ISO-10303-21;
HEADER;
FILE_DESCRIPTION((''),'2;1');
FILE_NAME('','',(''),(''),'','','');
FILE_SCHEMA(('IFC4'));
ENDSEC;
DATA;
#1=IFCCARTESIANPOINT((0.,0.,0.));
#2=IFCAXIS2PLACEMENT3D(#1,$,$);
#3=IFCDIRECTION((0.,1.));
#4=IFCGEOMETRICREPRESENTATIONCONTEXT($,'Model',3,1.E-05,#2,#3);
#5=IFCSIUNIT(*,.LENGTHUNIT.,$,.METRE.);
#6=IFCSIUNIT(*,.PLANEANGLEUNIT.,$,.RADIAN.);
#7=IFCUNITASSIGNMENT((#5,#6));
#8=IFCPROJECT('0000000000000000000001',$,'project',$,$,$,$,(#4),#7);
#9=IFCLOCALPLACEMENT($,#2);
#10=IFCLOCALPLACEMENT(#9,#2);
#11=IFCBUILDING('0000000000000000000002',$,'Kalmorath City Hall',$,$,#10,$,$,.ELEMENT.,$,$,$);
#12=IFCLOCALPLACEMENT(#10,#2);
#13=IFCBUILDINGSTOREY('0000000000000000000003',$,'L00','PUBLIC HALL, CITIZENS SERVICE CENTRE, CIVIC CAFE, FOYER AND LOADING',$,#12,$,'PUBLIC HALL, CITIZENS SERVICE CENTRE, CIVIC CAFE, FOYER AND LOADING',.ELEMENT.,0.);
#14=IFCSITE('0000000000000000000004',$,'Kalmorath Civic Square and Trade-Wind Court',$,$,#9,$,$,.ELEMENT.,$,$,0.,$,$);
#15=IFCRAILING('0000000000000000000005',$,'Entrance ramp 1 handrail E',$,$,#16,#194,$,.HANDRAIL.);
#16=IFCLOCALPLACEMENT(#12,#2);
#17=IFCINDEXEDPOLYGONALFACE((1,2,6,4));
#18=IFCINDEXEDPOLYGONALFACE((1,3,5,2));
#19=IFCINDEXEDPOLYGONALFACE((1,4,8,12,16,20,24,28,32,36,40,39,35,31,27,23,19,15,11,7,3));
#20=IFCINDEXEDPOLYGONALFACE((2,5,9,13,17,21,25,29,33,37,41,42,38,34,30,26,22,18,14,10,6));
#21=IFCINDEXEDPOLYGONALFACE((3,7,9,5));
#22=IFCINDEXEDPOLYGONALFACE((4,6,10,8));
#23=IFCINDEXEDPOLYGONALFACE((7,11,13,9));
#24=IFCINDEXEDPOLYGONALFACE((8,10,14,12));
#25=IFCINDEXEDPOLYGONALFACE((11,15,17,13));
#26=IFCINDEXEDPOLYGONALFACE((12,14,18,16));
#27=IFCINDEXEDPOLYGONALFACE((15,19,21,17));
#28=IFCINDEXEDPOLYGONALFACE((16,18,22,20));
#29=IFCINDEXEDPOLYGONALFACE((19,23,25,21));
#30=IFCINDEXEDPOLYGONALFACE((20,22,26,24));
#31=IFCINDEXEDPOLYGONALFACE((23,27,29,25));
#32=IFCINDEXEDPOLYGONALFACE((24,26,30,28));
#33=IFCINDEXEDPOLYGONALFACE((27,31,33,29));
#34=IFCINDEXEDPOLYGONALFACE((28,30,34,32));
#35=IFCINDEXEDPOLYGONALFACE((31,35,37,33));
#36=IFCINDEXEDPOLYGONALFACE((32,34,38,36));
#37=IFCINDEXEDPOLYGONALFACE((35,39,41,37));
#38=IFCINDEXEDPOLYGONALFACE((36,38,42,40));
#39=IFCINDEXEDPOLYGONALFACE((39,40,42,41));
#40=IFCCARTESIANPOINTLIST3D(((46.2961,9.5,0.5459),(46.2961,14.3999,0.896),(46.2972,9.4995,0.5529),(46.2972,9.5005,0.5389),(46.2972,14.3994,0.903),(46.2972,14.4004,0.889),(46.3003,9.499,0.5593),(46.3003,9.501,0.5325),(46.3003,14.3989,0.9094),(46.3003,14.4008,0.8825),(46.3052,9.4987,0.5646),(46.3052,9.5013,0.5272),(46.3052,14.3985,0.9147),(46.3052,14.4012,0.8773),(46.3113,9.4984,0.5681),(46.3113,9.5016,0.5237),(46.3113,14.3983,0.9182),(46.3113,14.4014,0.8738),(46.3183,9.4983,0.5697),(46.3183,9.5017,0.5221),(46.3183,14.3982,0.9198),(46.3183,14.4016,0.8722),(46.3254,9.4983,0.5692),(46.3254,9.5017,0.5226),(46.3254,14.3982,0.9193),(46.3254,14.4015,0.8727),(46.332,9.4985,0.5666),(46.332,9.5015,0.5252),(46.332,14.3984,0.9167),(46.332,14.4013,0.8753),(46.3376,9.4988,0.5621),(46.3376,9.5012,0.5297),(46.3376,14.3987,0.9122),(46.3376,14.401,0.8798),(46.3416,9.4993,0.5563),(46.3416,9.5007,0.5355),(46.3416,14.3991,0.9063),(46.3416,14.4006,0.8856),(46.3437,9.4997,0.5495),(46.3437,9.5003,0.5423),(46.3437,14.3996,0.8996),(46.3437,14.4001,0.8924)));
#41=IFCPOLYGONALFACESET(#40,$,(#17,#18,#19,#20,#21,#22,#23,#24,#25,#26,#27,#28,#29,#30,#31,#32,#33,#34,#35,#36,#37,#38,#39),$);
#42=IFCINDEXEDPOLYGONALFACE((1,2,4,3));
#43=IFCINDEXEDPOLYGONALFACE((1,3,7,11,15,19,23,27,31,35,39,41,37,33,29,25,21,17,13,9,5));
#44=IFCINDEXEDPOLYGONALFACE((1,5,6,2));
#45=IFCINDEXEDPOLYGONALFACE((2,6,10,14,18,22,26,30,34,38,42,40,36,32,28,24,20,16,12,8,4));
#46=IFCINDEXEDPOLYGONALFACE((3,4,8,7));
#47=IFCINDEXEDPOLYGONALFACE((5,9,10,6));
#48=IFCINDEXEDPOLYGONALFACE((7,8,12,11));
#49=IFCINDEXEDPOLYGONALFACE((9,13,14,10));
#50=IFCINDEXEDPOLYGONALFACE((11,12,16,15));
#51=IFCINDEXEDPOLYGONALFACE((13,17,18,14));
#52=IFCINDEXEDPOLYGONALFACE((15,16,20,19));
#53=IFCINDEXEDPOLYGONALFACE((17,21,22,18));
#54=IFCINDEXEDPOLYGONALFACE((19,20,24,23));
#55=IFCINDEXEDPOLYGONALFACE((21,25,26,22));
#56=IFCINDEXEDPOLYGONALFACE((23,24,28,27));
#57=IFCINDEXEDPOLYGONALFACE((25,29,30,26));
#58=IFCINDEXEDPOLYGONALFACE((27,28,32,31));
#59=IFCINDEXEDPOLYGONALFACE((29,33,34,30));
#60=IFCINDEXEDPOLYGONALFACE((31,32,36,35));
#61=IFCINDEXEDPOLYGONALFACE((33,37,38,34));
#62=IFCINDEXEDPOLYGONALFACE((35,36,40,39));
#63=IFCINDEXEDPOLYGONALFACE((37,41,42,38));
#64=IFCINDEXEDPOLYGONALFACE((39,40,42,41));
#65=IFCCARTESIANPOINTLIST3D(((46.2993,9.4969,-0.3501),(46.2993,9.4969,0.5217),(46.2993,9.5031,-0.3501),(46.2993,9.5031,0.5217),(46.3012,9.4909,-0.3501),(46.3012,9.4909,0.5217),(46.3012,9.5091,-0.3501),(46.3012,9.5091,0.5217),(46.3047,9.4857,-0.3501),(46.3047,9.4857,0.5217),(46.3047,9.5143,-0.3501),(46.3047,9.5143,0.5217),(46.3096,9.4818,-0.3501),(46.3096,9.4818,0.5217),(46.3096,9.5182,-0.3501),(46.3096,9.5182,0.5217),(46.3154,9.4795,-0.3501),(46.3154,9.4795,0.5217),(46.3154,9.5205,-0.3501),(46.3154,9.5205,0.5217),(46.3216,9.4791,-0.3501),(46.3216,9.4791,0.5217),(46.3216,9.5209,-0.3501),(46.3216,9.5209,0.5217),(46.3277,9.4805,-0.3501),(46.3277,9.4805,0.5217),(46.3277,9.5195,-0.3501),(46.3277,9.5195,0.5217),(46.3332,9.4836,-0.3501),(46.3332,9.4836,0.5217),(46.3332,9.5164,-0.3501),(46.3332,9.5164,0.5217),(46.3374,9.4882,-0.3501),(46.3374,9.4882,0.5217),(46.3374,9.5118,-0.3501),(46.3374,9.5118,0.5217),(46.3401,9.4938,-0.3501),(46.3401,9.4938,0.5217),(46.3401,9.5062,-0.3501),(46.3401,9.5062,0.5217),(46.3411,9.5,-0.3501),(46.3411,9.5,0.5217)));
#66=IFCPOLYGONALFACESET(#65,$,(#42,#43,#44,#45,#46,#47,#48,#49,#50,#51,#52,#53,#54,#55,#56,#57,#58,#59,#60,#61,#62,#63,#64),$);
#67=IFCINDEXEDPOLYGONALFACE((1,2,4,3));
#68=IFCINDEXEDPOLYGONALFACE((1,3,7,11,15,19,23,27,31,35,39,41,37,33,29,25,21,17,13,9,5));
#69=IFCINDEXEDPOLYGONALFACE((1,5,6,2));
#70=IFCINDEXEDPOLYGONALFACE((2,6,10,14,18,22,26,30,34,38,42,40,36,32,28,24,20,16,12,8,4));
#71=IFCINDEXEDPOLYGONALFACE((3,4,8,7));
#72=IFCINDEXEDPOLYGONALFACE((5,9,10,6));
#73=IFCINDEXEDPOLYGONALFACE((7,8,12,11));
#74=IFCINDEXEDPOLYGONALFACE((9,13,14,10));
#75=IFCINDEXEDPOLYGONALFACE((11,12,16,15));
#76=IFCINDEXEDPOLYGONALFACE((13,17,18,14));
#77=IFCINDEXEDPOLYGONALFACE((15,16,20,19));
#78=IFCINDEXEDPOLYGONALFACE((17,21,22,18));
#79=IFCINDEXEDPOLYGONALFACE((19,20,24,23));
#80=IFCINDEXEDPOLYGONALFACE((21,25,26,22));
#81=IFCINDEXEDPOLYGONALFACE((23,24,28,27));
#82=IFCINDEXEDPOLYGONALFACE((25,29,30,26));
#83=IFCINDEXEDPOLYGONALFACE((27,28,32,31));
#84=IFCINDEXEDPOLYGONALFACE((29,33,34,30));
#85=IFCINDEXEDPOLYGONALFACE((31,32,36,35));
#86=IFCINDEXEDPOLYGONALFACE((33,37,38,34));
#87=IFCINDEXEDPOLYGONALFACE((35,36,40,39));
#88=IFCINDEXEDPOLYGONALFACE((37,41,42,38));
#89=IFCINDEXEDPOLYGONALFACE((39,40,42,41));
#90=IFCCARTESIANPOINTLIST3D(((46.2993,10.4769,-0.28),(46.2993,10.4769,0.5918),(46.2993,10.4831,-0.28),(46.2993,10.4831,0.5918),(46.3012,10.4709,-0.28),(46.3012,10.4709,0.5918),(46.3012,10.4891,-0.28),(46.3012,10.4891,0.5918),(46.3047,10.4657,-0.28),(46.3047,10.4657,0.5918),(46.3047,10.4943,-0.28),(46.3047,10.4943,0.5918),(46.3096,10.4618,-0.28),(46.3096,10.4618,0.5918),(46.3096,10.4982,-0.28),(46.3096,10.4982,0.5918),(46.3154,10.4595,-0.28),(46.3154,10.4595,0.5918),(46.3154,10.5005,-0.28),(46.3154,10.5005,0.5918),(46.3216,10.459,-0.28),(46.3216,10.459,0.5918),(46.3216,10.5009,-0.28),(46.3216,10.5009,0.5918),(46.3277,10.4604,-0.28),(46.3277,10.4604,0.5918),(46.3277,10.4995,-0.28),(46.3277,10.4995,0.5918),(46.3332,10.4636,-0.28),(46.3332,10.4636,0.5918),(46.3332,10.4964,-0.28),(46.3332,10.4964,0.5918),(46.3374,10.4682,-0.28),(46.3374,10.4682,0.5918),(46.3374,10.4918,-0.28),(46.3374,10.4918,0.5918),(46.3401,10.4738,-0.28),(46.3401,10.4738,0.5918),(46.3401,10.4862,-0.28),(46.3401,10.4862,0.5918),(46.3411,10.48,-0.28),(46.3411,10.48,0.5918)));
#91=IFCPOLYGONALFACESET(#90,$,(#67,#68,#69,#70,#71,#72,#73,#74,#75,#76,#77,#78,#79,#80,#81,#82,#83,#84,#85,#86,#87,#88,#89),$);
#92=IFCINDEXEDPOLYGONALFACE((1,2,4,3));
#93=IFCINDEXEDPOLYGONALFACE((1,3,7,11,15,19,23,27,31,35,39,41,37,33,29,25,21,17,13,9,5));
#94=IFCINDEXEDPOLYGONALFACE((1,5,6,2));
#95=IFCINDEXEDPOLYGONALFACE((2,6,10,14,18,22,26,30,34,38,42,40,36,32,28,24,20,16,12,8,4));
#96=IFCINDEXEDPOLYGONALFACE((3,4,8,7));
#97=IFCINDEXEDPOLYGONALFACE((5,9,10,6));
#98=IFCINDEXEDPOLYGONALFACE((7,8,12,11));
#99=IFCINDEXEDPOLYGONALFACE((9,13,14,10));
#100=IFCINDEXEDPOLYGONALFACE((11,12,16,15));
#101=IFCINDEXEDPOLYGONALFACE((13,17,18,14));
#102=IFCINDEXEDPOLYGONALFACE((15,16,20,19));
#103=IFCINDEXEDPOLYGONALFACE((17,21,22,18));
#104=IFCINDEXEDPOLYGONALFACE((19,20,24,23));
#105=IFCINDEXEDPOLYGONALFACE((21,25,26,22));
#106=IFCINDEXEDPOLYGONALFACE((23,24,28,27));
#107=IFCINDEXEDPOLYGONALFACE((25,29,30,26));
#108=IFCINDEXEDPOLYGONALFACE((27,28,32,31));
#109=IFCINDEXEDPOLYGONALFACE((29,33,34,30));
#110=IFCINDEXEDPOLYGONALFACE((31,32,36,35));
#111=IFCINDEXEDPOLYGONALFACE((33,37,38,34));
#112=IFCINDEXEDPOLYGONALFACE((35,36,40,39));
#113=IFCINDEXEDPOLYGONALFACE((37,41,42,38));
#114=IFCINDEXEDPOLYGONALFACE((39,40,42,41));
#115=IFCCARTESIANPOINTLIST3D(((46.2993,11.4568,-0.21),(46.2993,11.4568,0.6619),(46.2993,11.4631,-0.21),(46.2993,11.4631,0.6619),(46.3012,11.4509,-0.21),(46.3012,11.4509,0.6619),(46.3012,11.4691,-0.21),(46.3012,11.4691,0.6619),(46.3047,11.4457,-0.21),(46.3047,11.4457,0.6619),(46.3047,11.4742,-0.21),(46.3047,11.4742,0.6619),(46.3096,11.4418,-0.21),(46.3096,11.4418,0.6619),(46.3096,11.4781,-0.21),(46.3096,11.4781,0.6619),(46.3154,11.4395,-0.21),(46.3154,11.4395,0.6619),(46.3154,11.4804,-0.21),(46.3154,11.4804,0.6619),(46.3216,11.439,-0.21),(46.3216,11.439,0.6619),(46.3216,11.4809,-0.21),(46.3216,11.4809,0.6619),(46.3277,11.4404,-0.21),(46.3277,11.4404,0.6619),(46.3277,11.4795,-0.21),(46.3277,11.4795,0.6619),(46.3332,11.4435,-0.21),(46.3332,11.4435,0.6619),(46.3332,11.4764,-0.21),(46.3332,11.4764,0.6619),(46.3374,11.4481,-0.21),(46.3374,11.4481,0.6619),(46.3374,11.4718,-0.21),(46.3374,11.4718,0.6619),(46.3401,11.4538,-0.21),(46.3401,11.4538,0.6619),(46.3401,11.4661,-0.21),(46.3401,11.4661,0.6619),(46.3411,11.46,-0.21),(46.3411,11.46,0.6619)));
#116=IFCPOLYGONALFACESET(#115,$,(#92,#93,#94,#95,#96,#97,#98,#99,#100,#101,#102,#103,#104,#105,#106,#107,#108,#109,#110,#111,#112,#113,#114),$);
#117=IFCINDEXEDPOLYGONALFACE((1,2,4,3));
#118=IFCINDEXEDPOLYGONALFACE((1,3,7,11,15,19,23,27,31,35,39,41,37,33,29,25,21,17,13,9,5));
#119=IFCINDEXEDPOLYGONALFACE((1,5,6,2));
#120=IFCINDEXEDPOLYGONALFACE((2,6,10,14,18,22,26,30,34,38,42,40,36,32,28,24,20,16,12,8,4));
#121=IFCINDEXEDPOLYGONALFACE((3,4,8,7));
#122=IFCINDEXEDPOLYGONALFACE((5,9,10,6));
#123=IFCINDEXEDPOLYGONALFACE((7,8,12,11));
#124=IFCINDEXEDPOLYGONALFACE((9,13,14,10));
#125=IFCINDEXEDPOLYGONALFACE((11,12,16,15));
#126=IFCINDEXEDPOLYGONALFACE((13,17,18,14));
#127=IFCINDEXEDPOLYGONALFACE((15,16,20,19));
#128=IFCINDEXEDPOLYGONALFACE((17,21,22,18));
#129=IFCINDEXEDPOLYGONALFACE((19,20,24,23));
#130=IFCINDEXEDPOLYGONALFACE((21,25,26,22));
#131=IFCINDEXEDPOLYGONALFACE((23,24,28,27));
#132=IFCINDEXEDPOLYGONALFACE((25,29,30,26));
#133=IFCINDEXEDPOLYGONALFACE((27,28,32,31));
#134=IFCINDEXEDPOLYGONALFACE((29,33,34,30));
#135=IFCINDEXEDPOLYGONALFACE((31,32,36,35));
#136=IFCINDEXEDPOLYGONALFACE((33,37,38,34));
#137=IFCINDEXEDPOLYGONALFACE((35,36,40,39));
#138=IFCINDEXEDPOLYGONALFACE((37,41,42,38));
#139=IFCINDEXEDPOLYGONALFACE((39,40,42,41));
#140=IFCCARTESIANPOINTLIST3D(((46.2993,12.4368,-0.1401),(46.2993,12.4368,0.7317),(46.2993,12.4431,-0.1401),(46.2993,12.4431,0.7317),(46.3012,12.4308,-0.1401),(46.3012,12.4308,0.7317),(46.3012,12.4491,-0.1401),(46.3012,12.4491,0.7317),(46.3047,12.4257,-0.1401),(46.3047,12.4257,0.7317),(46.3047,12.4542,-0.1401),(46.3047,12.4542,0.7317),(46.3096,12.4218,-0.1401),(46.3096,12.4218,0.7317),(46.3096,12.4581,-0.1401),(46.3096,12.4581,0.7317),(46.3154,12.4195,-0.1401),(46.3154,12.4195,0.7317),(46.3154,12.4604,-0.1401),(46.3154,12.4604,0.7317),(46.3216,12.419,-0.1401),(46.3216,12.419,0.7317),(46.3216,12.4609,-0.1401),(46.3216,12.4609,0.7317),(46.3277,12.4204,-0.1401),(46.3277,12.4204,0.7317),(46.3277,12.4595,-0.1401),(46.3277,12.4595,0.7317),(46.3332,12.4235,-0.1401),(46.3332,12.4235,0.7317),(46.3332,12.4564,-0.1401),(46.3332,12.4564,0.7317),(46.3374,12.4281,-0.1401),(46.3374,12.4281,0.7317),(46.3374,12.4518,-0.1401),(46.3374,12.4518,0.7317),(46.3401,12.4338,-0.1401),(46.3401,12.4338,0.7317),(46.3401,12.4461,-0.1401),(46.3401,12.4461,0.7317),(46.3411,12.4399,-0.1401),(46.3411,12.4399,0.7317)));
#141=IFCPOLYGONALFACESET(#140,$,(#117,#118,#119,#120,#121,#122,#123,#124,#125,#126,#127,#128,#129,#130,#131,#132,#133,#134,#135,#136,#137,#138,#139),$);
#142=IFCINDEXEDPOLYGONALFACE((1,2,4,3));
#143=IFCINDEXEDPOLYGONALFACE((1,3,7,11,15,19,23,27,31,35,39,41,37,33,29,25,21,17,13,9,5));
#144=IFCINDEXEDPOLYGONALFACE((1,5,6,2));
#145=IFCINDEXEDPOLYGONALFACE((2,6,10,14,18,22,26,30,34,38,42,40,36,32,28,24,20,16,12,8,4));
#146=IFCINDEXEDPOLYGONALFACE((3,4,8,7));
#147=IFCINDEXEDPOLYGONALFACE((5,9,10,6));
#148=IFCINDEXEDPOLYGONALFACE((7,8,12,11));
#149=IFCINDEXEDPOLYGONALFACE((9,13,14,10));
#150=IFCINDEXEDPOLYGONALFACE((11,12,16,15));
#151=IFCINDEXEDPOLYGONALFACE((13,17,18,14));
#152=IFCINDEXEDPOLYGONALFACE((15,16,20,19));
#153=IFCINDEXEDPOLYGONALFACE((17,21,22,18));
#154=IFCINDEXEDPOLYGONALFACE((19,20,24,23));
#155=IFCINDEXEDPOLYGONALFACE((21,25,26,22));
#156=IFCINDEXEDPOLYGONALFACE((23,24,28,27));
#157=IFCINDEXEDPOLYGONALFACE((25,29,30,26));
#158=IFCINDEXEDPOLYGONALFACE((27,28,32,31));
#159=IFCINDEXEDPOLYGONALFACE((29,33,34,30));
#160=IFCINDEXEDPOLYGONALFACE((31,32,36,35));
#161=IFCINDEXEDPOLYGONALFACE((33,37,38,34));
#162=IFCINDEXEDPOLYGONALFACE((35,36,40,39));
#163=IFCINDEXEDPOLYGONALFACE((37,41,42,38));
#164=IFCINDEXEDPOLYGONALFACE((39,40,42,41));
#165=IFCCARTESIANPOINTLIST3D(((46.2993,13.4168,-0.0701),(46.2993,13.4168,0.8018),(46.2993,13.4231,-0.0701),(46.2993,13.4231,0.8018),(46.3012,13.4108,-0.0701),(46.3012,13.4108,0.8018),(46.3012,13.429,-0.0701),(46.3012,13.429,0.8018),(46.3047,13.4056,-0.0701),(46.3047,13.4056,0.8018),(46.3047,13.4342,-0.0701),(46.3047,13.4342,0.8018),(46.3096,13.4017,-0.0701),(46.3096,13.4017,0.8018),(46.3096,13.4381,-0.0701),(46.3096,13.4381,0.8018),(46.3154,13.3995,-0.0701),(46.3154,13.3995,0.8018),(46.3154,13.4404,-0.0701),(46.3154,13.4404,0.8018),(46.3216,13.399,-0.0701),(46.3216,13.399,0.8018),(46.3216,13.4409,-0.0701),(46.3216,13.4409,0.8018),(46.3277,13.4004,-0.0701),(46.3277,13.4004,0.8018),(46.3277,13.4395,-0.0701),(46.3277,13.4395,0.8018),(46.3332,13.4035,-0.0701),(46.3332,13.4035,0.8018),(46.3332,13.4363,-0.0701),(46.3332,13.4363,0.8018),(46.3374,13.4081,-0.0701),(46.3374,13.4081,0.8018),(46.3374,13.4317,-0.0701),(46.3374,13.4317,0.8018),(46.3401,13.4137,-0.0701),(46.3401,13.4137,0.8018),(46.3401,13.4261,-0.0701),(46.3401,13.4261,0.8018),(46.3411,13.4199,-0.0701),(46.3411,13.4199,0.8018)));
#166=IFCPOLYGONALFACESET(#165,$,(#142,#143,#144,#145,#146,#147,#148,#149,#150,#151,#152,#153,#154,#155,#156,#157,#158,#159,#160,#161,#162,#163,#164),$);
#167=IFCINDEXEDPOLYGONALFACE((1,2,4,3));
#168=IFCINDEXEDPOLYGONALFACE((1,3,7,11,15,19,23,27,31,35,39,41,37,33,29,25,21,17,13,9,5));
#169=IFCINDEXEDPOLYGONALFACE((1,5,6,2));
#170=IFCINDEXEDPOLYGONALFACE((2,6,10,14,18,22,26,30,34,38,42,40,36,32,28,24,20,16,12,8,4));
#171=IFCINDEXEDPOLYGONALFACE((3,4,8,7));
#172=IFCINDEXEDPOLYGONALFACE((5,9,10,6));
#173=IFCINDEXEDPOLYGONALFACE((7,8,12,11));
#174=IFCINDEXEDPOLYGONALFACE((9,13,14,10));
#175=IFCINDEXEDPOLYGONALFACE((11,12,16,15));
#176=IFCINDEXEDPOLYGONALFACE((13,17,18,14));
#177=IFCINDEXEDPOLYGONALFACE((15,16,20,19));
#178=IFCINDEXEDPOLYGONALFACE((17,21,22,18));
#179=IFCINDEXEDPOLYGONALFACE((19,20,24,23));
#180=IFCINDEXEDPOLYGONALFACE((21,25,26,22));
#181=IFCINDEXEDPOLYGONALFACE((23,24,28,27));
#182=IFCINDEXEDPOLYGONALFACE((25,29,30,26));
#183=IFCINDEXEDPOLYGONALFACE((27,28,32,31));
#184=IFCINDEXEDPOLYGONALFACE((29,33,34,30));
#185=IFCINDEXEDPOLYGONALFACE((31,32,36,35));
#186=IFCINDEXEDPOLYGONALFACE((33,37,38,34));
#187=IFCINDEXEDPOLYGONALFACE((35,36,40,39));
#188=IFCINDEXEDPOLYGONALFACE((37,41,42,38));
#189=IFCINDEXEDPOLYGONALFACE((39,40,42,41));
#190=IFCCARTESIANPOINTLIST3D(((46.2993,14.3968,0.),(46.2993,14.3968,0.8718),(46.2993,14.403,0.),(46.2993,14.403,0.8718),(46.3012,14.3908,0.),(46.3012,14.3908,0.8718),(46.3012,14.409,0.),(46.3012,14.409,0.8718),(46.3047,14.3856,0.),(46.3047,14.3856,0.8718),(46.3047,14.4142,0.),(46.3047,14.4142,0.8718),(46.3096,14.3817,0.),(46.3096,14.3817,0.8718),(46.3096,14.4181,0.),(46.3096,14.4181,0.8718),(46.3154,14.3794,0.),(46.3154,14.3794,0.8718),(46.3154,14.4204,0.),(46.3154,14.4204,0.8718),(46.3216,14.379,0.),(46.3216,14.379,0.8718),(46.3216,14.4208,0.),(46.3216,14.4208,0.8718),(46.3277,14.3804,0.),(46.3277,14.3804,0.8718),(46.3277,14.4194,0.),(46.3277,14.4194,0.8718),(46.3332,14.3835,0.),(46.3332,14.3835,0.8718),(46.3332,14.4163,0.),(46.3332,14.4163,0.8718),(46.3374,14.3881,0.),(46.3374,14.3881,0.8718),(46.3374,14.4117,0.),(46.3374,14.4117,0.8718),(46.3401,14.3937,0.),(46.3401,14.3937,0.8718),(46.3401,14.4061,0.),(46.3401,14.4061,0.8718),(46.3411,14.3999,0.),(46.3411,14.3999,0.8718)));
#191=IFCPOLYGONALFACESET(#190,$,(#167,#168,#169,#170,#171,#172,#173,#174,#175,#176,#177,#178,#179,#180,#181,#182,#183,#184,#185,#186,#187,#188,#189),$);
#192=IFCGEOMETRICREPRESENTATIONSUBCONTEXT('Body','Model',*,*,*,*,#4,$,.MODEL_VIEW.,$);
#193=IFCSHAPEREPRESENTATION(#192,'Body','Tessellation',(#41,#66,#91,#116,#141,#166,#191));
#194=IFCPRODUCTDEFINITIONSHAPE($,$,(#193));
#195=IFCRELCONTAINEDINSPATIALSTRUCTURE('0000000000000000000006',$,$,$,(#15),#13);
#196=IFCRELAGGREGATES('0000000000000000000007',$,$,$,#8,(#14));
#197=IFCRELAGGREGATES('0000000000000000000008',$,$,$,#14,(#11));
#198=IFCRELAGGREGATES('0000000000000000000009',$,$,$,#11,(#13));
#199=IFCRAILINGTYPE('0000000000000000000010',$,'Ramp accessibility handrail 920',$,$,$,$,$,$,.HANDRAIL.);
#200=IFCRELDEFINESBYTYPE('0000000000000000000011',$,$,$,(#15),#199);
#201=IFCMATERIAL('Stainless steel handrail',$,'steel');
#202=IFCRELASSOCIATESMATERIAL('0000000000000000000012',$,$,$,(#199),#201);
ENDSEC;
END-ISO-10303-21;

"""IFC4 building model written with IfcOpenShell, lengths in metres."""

from ifc_helpers import new_model, si_unit, direction, frame, origin, origin_2d, place, context, subcontext, project, spatial, circle, extrude, material, type_object, element, save


model = new_model("IFC4")

# Units and contexts
model_context = context("Model", 3, precision=1e-05, world=origin(), true_north=direction((0.0, 1.0)))
body_context = subcontext(model_context, "Body", "Model", "MODEL_VIEW")
ifc_project = project(units=[si_unit("LENGTHUNIT", "METRE"), si_unit("PLANEANGLEUNIT", "RADIAN")], contexts=[model_context])

# Site, building, storey
site_placement = place(None, origin())
site = spatial("IfcSite", under=ifc_project, at=site_placement, Name="Kalmorath Civic Square and Trade-Wind Court", CompositionType="ELEMENT", RefElevation=0.0)
building_placement = place(site_placement, origin())
building = spatial("IfcBuilding", under=site, at=building_placement, Name="Kalmorath City Hall", CompositionType="ELEMENT")
storey_placement = place(building_placement, origin())
storey = spatial("IfcBuildingStorey", under=building, at=storey_placement, Name="L00", Description="PUBLIC HALL, CITIZENS SERVICE CENTRE, CIVIC CAFE, FOYER AND LOADING", LongName="PUBLIC HALL, CITIZENS SERVICE CENTRE, CIVIC CAFE, FOYER AND LOADING", CompositionType="ELEMENT", Elevation=0.0)

# Railing
ifc_material_1 = material(Name="Stainless steel handrail", Category="steel")
railing_type = type_object("IfcRailingType", Name="Ramp accessibility handrail 920", PredefinedType="HANDRAIL", material=ifc_material_1)
for number, where, name in (
    (1, (46.3201, 9.5, -0.3501), "Entrance ramp 1 handrail E"),
):
    element("IfcRailing", number, at=place(storey_placement, frame(where)), inside=storey, type_object=railing_type, Name=name, PredefinedType="HANDRAIL", context=body_context, shape_type="SweptSolid", body=[
        extrude(circle(Radius=0.0239, at=origin_2d()), frame((0.0, 0.0, 0.896), z_axis=(0.0, 0.997457, 0.071268), x_axis=(-1.0, 0.0, 0.0)), (0.0, 0.0, 1.0), 4.9124),
        extrude(circle(Radius=0.021, at=origin_2d()), origin(), (0.0, 0.0, 1.0), 0.8718),
        extrude(circle(Radius=0.021, at=origin_2d()), frame((0.0, 0.98, 0.0701)), (0.0, 0.0, 1.0), 0.8718),
        extrude(circle(Radius=0.021, at=origin_2d()), frame((0.0, 1.96, 0.1401)), (0.0, 0.0, 1.0), 0.8718),
        extrude(circle(Radius=0.021, at=origin_2d()), frame((0.0, 2.9399, 0.21)), (0.0, 0.0, 1.0), 0.8718),
        extrude(circle(Radius=0.021, at=origin_2d()), frame((0.0, 3.9199, 0.28)), (0.0, 0.0, 1.0), 0.8718),
        extrude(circle(Radius=0.021, at=origin_2d()), frame((0.0, 4.8999, 0.3501)), (0.0, 0.0, 1.0), 0.8718),
    ])

save(model, "model.ifc")
